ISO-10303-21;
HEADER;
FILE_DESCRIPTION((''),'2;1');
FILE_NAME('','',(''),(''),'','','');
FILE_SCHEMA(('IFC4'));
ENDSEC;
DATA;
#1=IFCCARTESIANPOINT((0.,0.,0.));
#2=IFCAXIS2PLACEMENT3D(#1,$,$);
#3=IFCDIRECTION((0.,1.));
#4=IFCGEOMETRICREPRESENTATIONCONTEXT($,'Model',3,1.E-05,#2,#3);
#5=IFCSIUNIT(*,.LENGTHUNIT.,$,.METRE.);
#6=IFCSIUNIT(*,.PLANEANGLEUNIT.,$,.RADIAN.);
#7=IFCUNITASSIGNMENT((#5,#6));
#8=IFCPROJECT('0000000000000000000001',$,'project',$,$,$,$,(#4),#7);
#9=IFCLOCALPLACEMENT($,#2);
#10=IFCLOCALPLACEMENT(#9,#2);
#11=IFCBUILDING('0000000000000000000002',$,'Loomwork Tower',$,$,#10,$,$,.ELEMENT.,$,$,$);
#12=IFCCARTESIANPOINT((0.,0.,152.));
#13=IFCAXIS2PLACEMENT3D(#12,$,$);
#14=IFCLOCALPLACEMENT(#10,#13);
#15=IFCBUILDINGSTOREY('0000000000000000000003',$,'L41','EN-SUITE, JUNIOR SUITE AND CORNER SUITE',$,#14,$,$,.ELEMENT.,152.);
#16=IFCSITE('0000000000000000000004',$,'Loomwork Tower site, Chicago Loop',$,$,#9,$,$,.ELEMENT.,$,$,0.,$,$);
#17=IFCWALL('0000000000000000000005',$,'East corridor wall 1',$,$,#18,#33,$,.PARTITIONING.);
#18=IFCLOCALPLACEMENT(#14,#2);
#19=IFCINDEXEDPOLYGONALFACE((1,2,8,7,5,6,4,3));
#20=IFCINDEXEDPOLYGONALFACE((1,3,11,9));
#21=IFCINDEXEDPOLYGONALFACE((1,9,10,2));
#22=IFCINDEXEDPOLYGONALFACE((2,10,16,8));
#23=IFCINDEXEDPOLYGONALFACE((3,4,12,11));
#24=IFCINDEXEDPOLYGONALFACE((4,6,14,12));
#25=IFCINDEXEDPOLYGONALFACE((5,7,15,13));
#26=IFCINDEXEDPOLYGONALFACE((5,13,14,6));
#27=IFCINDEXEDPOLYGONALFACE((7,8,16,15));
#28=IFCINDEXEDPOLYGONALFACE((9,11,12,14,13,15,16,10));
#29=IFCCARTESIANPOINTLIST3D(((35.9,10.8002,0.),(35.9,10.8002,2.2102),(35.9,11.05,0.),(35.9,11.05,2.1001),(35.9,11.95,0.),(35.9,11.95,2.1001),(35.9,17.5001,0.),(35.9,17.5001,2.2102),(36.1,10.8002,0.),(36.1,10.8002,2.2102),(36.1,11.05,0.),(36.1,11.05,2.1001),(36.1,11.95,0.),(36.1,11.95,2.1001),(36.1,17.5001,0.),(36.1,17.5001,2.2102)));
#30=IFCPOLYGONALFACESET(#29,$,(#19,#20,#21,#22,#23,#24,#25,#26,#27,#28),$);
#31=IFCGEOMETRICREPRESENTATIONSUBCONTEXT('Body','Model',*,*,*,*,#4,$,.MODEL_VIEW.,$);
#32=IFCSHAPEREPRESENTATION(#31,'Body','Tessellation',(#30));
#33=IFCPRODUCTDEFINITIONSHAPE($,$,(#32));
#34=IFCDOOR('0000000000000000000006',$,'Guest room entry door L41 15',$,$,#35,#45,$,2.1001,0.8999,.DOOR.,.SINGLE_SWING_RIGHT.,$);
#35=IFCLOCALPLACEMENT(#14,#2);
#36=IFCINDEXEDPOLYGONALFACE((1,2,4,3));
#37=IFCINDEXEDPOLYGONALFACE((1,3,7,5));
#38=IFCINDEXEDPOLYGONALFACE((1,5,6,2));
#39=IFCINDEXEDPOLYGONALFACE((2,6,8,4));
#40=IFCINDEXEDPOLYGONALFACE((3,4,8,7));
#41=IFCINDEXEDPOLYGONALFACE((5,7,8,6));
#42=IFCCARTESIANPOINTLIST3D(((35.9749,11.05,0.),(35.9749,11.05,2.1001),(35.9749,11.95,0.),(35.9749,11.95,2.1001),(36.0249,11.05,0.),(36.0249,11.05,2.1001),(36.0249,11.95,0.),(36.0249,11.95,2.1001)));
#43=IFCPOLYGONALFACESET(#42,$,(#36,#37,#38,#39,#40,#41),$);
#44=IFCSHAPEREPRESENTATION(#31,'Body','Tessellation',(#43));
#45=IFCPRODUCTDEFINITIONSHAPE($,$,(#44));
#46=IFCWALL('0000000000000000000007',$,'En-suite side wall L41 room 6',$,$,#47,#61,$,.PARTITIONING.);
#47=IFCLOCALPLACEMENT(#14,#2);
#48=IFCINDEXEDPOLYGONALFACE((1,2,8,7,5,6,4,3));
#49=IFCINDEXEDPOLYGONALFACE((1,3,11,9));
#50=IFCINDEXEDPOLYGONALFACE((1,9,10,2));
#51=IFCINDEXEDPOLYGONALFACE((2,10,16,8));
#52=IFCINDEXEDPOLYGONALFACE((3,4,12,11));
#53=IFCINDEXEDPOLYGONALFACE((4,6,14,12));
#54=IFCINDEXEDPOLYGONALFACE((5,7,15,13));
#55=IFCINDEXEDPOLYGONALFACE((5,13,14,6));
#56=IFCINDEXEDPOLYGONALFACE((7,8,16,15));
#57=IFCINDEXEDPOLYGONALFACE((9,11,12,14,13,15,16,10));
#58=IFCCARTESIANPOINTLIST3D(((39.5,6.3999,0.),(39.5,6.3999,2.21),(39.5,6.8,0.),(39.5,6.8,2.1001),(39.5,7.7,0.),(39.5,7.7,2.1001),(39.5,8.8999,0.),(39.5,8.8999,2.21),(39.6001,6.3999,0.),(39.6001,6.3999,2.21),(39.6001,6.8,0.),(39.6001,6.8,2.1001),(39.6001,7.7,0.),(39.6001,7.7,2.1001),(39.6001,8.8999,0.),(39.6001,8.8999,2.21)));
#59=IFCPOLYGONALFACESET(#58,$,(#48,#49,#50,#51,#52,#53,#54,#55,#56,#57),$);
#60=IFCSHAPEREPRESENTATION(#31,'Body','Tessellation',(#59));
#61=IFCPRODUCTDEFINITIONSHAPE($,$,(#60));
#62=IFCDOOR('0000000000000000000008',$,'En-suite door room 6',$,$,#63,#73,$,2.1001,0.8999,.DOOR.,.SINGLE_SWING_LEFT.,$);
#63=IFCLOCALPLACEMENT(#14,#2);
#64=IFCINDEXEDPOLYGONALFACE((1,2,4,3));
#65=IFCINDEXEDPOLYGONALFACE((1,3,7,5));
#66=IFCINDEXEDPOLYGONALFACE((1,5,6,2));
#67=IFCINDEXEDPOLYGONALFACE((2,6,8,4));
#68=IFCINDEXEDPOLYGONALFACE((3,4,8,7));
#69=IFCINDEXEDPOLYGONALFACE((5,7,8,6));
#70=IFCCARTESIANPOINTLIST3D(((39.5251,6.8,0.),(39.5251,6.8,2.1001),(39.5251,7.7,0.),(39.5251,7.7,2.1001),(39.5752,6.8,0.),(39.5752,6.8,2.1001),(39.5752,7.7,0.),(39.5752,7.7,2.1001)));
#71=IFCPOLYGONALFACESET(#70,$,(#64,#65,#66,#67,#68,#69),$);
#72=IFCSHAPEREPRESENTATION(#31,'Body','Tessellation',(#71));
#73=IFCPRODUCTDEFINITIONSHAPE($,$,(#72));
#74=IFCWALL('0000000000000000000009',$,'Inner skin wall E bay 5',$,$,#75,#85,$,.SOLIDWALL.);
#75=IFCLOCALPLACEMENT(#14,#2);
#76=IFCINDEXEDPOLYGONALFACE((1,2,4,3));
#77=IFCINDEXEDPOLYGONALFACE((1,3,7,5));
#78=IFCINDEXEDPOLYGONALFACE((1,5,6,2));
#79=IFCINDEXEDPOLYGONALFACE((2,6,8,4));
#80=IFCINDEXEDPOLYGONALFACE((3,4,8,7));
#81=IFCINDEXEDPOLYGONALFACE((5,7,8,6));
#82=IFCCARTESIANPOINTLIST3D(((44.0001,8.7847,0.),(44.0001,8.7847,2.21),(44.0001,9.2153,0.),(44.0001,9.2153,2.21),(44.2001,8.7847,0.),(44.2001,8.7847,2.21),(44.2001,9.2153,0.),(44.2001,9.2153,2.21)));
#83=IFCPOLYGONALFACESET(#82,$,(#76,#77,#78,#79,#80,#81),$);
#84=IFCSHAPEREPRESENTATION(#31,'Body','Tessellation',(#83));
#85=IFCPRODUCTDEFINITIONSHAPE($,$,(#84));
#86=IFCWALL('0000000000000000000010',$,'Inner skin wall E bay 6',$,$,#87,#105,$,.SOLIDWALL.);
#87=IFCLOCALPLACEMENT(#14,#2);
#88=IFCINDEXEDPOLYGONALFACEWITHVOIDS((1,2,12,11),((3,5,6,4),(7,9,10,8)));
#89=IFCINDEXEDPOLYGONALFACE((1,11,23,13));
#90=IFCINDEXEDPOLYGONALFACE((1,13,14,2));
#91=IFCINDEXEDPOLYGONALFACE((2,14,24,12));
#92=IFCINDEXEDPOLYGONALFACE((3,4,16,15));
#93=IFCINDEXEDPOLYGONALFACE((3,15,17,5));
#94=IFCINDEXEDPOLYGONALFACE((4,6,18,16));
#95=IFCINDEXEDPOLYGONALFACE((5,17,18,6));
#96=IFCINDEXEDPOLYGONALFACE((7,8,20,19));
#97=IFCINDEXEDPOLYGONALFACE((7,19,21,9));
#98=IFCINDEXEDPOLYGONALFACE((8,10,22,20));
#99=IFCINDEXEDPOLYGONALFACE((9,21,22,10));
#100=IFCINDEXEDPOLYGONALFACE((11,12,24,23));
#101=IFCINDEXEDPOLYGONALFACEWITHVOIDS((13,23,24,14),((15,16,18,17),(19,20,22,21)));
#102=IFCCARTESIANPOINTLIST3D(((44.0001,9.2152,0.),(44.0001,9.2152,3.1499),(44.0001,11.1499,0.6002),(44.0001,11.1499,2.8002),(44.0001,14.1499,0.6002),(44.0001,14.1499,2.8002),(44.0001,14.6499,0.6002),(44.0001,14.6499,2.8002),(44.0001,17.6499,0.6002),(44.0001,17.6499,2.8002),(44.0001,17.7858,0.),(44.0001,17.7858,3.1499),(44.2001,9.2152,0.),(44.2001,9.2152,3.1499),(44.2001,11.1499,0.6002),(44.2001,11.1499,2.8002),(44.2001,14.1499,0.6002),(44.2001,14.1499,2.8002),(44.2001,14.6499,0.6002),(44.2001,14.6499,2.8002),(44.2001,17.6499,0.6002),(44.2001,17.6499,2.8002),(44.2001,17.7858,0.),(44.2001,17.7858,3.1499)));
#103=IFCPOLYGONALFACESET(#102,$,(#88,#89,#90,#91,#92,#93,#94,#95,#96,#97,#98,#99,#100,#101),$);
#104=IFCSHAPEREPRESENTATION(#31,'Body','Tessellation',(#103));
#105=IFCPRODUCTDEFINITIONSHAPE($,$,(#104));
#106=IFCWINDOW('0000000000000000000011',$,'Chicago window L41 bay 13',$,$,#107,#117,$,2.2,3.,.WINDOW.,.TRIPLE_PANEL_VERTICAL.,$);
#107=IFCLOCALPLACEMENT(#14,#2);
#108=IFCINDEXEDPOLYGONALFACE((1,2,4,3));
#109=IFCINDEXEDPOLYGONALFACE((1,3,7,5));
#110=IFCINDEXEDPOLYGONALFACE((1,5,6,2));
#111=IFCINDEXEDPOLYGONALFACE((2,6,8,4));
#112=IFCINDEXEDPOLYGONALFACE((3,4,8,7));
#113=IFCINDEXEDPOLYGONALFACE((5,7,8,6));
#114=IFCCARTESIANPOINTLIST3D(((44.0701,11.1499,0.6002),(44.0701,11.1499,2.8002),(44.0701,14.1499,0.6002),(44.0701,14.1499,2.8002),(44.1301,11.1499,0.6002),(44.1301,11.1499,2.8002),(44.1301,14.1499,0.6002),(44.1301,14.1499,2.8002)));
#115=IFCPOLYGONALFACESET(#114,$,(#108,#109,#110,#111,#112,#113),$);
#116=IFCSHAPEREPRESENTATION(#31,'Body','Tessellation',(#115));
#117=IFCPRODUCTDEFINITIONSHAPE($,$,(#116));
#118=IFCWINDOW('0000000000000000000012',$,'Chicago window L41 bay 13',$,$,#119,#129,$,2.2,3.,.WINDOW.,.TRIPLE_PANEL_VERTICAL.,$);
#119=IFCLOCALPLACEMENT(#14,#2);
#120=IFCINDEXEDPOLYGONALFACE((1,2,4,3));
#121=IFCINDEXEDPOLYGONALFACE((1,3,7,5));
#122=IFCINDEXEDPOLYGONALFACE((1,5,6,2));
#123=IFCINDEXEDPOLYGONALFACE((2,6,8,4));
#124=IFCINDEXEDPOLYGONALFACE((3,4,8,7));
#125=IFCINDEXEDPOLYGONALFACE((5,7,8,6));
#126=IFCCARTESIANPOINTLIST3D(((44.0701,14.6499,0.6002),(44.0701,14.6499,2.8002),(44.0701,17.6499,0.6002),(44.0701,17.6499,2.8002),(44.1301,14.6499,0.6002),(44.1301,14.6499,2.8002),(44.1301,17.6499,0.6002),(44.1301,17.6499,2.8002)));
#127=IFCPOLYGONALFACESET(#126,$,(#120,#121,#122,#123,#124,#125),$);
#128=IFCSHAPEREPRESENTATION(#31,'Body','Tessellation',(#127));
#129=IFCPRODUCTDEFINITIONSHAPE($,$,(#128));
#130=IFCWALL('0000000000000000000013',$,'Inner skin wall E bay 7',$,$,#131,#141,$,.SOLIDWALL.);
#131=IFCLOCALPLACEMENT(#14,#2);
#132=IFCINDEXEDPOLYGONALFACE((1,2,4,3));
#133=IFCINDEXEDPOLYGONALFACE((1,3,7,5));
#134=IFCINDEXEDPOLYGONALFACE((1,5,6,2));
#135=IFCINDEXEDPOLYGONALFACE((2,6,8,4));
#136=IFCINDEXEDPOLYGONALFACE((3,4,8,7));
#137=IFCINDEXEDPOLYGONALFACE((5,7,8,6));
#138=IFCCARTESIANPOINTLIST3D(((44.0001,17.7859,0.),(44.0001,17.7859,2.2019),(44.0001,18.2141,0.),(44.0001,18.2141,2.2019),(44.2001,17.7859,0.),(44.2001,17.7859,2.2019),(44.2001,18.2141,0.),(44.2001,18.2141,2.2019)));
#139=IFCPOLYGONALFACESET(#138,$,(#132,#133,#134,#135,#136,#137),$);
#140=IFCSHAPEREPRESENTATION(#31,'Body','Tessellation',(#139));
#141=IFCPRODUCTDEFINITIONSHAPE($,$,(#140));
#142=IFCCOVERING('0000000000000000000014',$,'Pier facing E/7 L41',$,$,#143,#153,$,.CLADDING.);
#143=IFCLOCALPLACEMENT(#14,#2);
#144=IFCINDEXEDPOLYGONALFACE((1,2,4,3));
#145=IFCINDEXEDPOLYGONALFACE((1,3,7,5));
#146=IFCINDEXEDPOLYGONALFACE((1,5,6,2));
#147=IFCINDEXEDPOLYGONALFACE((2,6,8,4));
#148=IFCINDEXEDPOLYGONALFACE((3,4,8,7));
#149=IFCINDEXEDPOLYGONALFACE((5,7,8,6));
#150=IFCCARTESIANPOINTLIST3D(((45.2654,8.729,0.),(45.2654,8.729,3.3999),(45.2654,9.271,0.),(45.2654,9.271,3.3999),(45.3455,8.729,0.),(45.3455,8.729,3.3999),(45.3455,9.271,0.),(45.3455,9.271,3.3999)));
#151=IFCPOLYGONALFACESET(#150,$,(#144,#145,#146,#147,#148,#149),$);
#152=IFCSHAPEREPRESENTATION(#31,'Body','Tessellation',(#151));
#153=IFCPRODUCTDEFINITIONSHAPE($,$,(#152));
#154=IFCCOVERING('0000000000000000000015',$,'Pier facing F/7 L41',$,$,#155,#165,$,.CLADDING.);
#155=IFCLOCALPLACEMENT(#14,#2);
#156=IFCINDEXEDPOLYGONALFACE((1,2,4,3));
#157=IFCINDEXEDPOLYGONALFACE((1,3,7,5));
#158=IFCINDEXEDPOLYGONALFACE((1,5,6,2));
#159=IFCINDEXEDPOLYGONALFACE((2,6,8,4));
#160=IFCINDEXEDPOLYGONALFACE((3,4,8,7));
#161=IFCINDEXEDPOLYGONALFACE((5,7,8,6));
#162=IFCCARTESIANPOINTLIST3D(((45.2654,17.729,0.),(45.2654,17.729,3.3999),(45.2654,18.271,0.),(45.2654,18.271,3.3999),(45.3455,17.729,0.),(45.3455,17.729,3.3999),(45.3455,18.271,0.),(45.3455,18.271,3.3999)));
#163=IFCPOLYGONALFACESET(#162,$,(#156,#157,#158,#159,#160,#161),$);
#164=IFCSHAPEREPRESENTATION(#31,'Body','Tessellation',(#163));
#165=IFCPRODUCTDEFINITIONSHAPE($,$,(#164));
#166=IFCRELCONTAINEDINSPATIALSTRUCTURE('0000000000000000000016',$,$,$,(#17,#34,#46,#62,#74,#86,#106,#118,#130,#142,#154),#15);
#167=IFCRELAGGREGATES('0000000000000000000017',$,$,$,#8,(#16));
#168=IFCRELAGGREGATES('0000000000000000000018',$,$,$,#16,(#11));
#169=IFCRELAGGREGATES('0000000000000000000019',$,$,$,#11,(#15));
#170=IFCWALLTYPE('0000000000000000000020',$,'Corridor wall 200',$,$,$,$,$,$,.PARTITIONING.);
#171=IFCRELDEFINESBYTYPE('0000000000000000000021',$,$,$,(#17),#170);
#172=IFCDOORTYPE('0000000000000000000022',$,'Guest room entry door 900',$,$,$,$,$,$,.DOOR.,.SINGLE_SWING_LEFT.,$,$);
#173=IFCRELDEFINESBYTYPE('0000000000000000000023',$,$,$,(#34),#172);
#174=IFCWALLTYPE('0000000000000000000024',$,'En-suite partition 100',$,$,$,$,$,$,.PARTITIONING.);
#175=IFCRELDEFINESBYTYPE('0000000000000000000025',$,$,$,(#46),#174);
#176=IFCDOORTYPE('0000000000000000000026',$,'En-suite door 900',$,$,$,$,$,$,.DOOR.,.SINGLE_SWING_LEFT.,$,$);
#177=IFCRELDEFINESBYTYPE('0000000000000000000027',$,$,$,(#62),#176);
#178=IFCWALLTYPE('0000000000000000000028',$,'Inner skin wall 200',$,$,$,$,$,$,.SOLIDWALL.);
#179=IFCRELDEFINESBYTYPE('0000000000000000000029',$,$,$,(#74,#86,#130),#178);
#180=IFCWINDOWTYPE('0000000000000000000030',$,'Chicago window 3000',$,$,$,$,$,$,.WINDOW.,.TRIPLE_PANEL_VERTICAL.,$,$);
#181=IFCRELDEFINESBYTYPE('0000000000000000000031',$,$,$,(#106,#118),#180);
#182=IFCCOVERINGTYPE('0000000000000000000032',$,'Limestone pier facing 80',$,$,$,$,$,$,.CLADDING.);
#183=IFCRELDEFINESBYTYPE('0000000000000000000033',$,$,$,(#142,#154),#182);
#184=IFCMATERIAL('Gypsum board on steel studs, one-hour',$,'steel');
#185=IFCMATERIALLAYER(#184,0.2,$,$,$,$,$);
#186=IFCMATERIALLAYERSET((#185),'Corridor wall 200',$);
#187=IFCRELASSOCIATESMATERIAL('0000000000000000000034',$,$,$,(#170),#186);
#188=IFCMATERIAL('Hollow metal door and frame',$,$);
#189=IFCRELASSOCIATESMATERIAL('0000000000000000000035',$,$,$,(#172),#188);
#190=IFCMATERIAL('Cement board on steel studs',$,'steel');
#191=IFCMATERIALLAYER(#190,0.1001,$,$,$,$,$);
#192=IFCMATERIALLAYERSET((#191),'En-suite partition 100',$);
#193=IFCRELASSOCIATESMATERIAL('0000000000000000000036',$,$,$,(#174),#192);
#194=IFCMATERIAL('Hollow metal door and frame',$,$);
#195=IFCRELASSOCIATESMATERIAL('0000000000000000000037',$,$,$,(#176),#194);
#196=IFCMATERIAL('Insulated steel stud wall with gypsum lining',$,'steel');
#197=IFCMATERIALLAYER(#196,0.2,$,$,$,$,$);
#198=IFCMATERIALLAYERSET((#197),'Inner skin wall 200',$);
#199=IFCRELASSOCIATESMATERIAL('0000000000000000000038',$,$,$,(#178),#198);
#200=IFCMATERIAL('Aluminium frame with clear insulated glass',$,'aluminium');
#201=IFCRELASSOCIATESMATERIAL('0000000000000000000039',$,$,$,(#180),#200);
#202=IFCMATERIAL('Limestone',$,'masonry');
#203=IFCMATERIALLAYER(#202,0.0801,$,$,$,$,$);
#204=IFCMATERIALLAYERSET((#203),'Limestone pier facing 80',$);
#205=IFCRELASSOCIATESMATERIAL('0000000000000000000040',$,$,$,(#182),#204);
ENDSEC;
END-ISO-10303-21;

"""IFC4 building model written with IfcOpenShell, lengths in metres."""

from ifc_helpers import new_model, si_unit, direction, frame, frame_2d, origin, origin_2d, place, context, subcontext, project, spatial, rectangle, extrude, material, layer, layer_set, type_object, element, fill, save


model = new_model("IFC4")

# Units and contexts
model_context = context("Model", 3, precision=1e-05, world=origin(), true_north=direction((0.0, 1.0)))
body_context = subcontext(model_context, "Body", "Model", "MODEL_VIEW")
ifc_project = project(units=[si_unit("LENGTHUNIT", "METRE"), si_unit("PLANEANGLEUNIT", "RADIAN")], contexts=[model_context])

# Site, building, storey
site_placement = place(None, origin())
site = spatial("IfcSite", under=ifc_project, at=site_placement, Name="Loomwork Tower site, Chicago Loop", CompositionType="ELEMENT", RefElevation=0.0)
building_placement = place(site_placement, origin())
building = spatial("IfcBuilding", under=site, at=building_placement, Name="Loomwork Tower", CompositionType="ELEMENT")
storey_placement = place(building_placement, frame((0.0, 0.0, 152.0)))
storey = spatial("IfcBuildingStorey", under=building, at=storey_placement, Name="L41", Description="EN-SUITE, JUNIOR SUITE AND CORNER SUITE", CompositionType="ELEMENT", Elevation=152.0)

# Walls, openings, doors
ifc_material_1 = material(Name="Gypsum board on steel studs, one-hour", Category="steel")
ifc_layer_1 = layer(ifc_material_1, 0.2)
ifc_layer_set_1 = layer_set([ifc_layer_1], Name="Corridor wall 200")
wall_type_1 = type_object("IfcWallType", Name="Corridor wall 200", PredefinedType="PARTITIONING", material=ifc_layer_set_1)
ifc_material_2 = material(Name="Hollow metal door and frame")
door_type_1 = type_object("IfcDoorType", Name="Guest room entry door 900", OperationType="SINGLE_SWING_LEFT", PredefinedType="DOOR", material=ifc_material_2)
wall_1_placement = place(storey_placement, frame((36.0, 10.8, 0.0), z_axis=(0.0, 0.0, 1.0), x_axis=(0.0, 1.0, 0.0)))
wall_1 = element("IfcWall", 1, at=wall_1_placement, inside=storey, type_object=wall_type_1, Name="East corridor wall 1", PredefinedType="PARTITIONING", context=body_context, shape_type="SweptSolid", body=[
    extrude(rectangle(XDim=6.7, YDim=0.2, at=frame_2d((3.3501, 0.0))), origin(), (0.0, 0.0, 1.0), 2.2102),
])
opening_1_placement = place(wall_1_placement, frame((0.25, 0.0, 0.0)))
opening_1 = element("IfcOpeningElement", 2, at=opening_1_placement, cuts=wall_1, PredefinedType="OPENING", context=body_context, shape_type="SweptSolid", body=[
    extrude(rectangle(XDim=0.8999, YDim=2.1001, at=frame_2d((0.45, 1.05))), frame((0.0, 0.1099, 0.0), z_axis=(0.0, -1.0, 0.0), x_axis=(1.0, 0.0, 0.0)), (0.0, 0.0, 1.0), 0.22),
])
door_1_placement = place(opening_1_placement, frame((0.8999, 0.0, 0.0), z_axis=(0.0, 0.0, 1.0), x_axis=(-1.0, 0.0, 0.0)))
door_1 = element("IfcDoor", 3, at=door_1_placement, inside=storey, type_object=door_type_1, Name="Guest room entry door L41 15", OperationType="SINGLE_SWING_RIGHT", OverallHeight=2.1001, OverallWidth=0.8999, PredefinedType="DOOR", context=body_context, shape_type="SweptSolid", body=[
    extrude(rectangle(XDim=0.8999, YDim=2.1001, at=frame_2d((0.45, 1.05))), frame((0.0, 0.0249, 0.0), z_axis=(0.0, -1.0, 0.0), x_axis=(1.0, 0.0, 0.0)), (0.0, 0.0, 1.0), 0.05),
])
fill(opening_1, door_1)
ifc_material_3 = material(Name="Cement board on steel studs", Category="steel")
ifc_layer_2 = layer(ifc_material_3, 0.1001)
ifc_layer_set_2 = layer_set([ifc_layer_2], Name="En-suite partition 100")
wall_type_2 = type_object("IfcWallType", Name="En-suite partition 100", PredefinedType="PARTITIONING", material=ifc_layer_set_2)
wall_2_placement = place(storey_placement, frame((39.55, 8.8999, 0.0), z_axis=(0.0, 0.0, 1.0), x_axis=(0.0, -1.0, 0.0)))
wall_2 = element("IfcWall", 4, at=wall_2_placement, inside=storey, type_object=wall_type_2, Name="En-suite side wall L41 room 6", PredefinedType="PARTITIONING", context=body_context, shape_type="SweptSolid", body=[
    extrude(rectangle(XDim=2.5, YDim=0.1001, at=frame_2d((1.25, 0.0))), origin(), (0.0, 0.0, 1.0), 2.21),
])
opening_2_placement = place(wall_2_placement, frame((1.2, 0.0, 0.0)))
opening_2 = element("IfcOpeningElement", 5, at=opening_2_placement, cuts=wall_2, PredefinedType="OPENING", context=body_context, shape_type="SweptSolid", body=[
    extrude(rectangle(XDim=0.8999, YDim=2.1001, at=frame_2d((0.45, 1.05))), frame((0.0, 0.0601, 0.0), z_axis=(0.0, -1.0, 0.0), x_axis=(1.0, 0.0, 0.0)), (0.0, 0.0, 1.0), 0.1201),
])
ifc_material_4 = material(Name="Hollow metal door and frame")
door_type_2 = type_object("IfcDoorType", Name="En-suite door 900", OperationType="SINGLE_SWING_LEFT", PredefinedType="DOOR", material=ifc_material_4)
door_2_placement = place(opening_2_placement, frame((0.8999, 0.0, 0.0), z_axis=(0.0, 0.0, 1.0), x_axis=(-1.0, 0.0, 0.0)))
door_2 = element("IfcDoor", 6, at=door_2_placement, inside=storey, type_object=door_type_2, Name="En-suite door room 6", OperationType="SINGLE_SWING_LEFT", OverallHeight=2.1001, OverallWidth=0.8999, PredefinedType="DOOR", context=body_context, shape_type="SweptSolid", body=[
    extrude(rectangle(XDim=0.8999, YDim=2.1001, at=frame_2d((0.45, 1.05))), frame((0.0, 0.0249, 0.0), z_axis=(0.0, -1.0, 0.0), x_axis=(1.0, 0.0, 0.0)), (0.0, 0.0, 1.0), 0.05),
])
fill(opening_2, door_2)

# Wall
ifc_material_5 = material(Name="Insulated steel stud wall with gypsum lining", Category="steel")
ifc_layer_3 = layer(ifc_material_5, 0.2)
ifc_layer_set_3 = layer_set([ifc_layer_3], Name="Inner skin wall 200")
wall_type_3 = type_object("IfcWallType", Name="Inner skin wall 200", PredefinedType="SOLIDWALL", material=ifc_layer_set_3)
wall_3_placement = place(storey_placement, frame((44.1001, 8.7847, 0.0), z_axis=(0.0, 0.0, 1.0), x_axis=(0.0, 1.0, 0.0)))
element("IfcWall", 7, at=wall_3_placement, inside=storey, type_object=wall_type_3, Name="Inner skin wall E bay 5", PredefinedType="SOLIDWALL", context=body_context, shape_type="SweptSolid", body=[
    extrude(rectangle(XDim=0.4307, YDim=0.2, at=frame_2d((0.2153, 0.0))), origin(), (0.0, 0.0, 1.0), 2.21),
])

# Wall, openings, windows
wall_4_placement = place(storey_placement, frame((44.1001, 9.2153, 0.0), z_axis=(0.0, 0.0, 1.0), x_axis=(0.0, 1.0, 0.0)))
wall_4 = element("IfcWall", 8, at=wall_4_placement, inside=storey, type_object=wall_type_3, Name="Inner skin wall E bay 6", PredefinedType="SOLIDWALL", context=body_context, shape_type="SweptSolid", body=[
    extrude(rectangle(XDim=8.5706, YDim=0.2, at=frame_2d((4.2852, 0.0))), origin(), (0.0, 0.0, 1.0), 3.1499),
])
opening_3_placement = place(wall_4_placement, frame((1.9346, 0.0, 0.6001)))
opening_3 = element("IfcOpeningElement", 9, at=opening_3_placement, cuts=wall_4, PredefinedType="OPENING", context=body_context, shape_type="SweptSolid", body=[
    extrude(rectangle(XDim=3.0, YDim=2.2, at=frame_2d((1.5, 1.1001))), frame((0.0, 0.1099, 0.0), z_axis=(0.0, -1.0, 0.0), x_axis=(1.0, 0.0, 0.0)), (0.0, 0.0, 1.0), 0.22),
])
opening_4_placement = place(wall_4_placement, frame((5.4346, 0.0, 0.6001)))
opening_4 = element("IfcOpeningElement", 10, at=opening_4_placement, cuts=wall_4, PredefinedType="OPENING", context=body_context, shape_type="SweptSolid", body=[
    extrude(rectangle(XDim=3.0, YDim=2.2, at=frame_2d((1.5, 1.1001))), frame((0.0, 0.1099, 0.0), z_axis=(0.0, -1.0, 0.0), x_axis=(1.0, 0.0, 0.0)), (0.0, 0.0, 1.0), 0.22),
])
ifc_material_6 = material(Name="Aluminium frame with clear insulated glass", Category="aluminium")
window_type = type_object("IfcWindowType", Name="Chicago window 3000", PartitioningType="TRIPLE_PANEL_VERTICAL", PredefinedType="WINDOW", material=ifc_material_6)
window_1_placement = place(opening_3_placement, origin())
window_1 = element("IfcWindow", 11, at=window_1_placement, inside=storey, type_object=window_type, Name="Chicago window L41 bay 13", OverallHeight=2.2, OverallWidth=3.0, PartitioningType="TRIPLE_PANEL_VERTICAL", PredefinedType="WINDOW", context=body_context, shape_type="SweptSolid", body=[
    extrude(rectangle(XDim=3.0, YDim=2.2, at=frame_2d((1.5, 1.1001))), frame((0.0, 0.03, 0.0), z_axis=(0.0, -1.0, 0.0), x_axis=(1.0, 0.0, 0.0)), (0.0, 0.0, 1.0), 0.0601),
])
fill(opening_3, window_1)
window_2_placement = place(opening_4_placement, origin())
window_2 = element("IfcWindow", 12, at=window_2_placement, inside=storey, type_object=window_type, Name="Chicago window L41 bay 13", OverallHeight=2.2, OverallWidth=3.0, PartitioningType="TRIPLE_PANEL_VERTICAL", PredefinedType="WINDOW", context=body_context, shape_type="SweptSolid", body=[
    extrude(rectangle(XDim=3.0, YDim=2.2, at=frame_2d((1.5, 1.1001))), frame((0.0, 0.03, 0.0), z_axis=(0.0, -1.0, 0.0), x_axis=(1.0, 0.0, 0.0)), (0.0, 0.0, 1.0), 0.0601),
])
fill(opening_4, window_2)

# Wall
wall_5_placement = place(storey_placement, frame((44.1001, 17.7859, 0.0), z_axis=(0.0, 0.0, 1.0), x_axis=(0.0, 1.0, 0.0)))
element("IfcWall", 13, at=wall_5_placement, inside=storey, type_object=wall_type_3, Name="Inner skin wall E bay 7", PredefinedType="SOLIDWALL", context=body_context, shape_type="SweptSolid", body=[
    extrude(rectangle(XDim=0.4282, YDim=0.2, at=frame_2d((0.2141, 0.0))), origin(), (0.0, 0.0, 1.0), 2.2019),
])

# Coverings
ifc_material_7 = material(Name="Limestone", Category="masonry")
ifc_layer_4 = layer(ifc_material_7, 0.0801)
ifc_layer_set_4 = layer_set([ifc_layer_4], Name="Limestone pier facing 80")
covering_type = type_object("IfcCoveringType", Name="Limestone pier facing 80", PredefinedType="CLADDING", material=ifc_layer_set_4)
for number, where, z_axis, x_axis, name in (
    (14, (45.3054, 9.0, 0.0), (0.0, 0.0, 1.0), (1.0, 0.0, 0.0), "Pier facing E/7 L41"),
    (15, (45.3054, 18.0, 0.0), (0.0, 0.0, 1.0), (1.0, 0.0, 0.0), "Pier facing F/7 L41"),
):
    element("IfcCovering", number, at=place(storey_placement, frame(where, z_axis=z_axis, x_axis=x_axis)), inside=storey, type_object=covering_type, Name=name, PredefinedType="CLADDING", context=body_context, shape_type="SweptSolid", body=[
        extrude(rectangle(XDim=0.0801, YDim=0.542, at=origin_2d()), origin(), (0.0, 0.0, 1.0), 3.3999),
    ])

save(model, "model.ifc")
